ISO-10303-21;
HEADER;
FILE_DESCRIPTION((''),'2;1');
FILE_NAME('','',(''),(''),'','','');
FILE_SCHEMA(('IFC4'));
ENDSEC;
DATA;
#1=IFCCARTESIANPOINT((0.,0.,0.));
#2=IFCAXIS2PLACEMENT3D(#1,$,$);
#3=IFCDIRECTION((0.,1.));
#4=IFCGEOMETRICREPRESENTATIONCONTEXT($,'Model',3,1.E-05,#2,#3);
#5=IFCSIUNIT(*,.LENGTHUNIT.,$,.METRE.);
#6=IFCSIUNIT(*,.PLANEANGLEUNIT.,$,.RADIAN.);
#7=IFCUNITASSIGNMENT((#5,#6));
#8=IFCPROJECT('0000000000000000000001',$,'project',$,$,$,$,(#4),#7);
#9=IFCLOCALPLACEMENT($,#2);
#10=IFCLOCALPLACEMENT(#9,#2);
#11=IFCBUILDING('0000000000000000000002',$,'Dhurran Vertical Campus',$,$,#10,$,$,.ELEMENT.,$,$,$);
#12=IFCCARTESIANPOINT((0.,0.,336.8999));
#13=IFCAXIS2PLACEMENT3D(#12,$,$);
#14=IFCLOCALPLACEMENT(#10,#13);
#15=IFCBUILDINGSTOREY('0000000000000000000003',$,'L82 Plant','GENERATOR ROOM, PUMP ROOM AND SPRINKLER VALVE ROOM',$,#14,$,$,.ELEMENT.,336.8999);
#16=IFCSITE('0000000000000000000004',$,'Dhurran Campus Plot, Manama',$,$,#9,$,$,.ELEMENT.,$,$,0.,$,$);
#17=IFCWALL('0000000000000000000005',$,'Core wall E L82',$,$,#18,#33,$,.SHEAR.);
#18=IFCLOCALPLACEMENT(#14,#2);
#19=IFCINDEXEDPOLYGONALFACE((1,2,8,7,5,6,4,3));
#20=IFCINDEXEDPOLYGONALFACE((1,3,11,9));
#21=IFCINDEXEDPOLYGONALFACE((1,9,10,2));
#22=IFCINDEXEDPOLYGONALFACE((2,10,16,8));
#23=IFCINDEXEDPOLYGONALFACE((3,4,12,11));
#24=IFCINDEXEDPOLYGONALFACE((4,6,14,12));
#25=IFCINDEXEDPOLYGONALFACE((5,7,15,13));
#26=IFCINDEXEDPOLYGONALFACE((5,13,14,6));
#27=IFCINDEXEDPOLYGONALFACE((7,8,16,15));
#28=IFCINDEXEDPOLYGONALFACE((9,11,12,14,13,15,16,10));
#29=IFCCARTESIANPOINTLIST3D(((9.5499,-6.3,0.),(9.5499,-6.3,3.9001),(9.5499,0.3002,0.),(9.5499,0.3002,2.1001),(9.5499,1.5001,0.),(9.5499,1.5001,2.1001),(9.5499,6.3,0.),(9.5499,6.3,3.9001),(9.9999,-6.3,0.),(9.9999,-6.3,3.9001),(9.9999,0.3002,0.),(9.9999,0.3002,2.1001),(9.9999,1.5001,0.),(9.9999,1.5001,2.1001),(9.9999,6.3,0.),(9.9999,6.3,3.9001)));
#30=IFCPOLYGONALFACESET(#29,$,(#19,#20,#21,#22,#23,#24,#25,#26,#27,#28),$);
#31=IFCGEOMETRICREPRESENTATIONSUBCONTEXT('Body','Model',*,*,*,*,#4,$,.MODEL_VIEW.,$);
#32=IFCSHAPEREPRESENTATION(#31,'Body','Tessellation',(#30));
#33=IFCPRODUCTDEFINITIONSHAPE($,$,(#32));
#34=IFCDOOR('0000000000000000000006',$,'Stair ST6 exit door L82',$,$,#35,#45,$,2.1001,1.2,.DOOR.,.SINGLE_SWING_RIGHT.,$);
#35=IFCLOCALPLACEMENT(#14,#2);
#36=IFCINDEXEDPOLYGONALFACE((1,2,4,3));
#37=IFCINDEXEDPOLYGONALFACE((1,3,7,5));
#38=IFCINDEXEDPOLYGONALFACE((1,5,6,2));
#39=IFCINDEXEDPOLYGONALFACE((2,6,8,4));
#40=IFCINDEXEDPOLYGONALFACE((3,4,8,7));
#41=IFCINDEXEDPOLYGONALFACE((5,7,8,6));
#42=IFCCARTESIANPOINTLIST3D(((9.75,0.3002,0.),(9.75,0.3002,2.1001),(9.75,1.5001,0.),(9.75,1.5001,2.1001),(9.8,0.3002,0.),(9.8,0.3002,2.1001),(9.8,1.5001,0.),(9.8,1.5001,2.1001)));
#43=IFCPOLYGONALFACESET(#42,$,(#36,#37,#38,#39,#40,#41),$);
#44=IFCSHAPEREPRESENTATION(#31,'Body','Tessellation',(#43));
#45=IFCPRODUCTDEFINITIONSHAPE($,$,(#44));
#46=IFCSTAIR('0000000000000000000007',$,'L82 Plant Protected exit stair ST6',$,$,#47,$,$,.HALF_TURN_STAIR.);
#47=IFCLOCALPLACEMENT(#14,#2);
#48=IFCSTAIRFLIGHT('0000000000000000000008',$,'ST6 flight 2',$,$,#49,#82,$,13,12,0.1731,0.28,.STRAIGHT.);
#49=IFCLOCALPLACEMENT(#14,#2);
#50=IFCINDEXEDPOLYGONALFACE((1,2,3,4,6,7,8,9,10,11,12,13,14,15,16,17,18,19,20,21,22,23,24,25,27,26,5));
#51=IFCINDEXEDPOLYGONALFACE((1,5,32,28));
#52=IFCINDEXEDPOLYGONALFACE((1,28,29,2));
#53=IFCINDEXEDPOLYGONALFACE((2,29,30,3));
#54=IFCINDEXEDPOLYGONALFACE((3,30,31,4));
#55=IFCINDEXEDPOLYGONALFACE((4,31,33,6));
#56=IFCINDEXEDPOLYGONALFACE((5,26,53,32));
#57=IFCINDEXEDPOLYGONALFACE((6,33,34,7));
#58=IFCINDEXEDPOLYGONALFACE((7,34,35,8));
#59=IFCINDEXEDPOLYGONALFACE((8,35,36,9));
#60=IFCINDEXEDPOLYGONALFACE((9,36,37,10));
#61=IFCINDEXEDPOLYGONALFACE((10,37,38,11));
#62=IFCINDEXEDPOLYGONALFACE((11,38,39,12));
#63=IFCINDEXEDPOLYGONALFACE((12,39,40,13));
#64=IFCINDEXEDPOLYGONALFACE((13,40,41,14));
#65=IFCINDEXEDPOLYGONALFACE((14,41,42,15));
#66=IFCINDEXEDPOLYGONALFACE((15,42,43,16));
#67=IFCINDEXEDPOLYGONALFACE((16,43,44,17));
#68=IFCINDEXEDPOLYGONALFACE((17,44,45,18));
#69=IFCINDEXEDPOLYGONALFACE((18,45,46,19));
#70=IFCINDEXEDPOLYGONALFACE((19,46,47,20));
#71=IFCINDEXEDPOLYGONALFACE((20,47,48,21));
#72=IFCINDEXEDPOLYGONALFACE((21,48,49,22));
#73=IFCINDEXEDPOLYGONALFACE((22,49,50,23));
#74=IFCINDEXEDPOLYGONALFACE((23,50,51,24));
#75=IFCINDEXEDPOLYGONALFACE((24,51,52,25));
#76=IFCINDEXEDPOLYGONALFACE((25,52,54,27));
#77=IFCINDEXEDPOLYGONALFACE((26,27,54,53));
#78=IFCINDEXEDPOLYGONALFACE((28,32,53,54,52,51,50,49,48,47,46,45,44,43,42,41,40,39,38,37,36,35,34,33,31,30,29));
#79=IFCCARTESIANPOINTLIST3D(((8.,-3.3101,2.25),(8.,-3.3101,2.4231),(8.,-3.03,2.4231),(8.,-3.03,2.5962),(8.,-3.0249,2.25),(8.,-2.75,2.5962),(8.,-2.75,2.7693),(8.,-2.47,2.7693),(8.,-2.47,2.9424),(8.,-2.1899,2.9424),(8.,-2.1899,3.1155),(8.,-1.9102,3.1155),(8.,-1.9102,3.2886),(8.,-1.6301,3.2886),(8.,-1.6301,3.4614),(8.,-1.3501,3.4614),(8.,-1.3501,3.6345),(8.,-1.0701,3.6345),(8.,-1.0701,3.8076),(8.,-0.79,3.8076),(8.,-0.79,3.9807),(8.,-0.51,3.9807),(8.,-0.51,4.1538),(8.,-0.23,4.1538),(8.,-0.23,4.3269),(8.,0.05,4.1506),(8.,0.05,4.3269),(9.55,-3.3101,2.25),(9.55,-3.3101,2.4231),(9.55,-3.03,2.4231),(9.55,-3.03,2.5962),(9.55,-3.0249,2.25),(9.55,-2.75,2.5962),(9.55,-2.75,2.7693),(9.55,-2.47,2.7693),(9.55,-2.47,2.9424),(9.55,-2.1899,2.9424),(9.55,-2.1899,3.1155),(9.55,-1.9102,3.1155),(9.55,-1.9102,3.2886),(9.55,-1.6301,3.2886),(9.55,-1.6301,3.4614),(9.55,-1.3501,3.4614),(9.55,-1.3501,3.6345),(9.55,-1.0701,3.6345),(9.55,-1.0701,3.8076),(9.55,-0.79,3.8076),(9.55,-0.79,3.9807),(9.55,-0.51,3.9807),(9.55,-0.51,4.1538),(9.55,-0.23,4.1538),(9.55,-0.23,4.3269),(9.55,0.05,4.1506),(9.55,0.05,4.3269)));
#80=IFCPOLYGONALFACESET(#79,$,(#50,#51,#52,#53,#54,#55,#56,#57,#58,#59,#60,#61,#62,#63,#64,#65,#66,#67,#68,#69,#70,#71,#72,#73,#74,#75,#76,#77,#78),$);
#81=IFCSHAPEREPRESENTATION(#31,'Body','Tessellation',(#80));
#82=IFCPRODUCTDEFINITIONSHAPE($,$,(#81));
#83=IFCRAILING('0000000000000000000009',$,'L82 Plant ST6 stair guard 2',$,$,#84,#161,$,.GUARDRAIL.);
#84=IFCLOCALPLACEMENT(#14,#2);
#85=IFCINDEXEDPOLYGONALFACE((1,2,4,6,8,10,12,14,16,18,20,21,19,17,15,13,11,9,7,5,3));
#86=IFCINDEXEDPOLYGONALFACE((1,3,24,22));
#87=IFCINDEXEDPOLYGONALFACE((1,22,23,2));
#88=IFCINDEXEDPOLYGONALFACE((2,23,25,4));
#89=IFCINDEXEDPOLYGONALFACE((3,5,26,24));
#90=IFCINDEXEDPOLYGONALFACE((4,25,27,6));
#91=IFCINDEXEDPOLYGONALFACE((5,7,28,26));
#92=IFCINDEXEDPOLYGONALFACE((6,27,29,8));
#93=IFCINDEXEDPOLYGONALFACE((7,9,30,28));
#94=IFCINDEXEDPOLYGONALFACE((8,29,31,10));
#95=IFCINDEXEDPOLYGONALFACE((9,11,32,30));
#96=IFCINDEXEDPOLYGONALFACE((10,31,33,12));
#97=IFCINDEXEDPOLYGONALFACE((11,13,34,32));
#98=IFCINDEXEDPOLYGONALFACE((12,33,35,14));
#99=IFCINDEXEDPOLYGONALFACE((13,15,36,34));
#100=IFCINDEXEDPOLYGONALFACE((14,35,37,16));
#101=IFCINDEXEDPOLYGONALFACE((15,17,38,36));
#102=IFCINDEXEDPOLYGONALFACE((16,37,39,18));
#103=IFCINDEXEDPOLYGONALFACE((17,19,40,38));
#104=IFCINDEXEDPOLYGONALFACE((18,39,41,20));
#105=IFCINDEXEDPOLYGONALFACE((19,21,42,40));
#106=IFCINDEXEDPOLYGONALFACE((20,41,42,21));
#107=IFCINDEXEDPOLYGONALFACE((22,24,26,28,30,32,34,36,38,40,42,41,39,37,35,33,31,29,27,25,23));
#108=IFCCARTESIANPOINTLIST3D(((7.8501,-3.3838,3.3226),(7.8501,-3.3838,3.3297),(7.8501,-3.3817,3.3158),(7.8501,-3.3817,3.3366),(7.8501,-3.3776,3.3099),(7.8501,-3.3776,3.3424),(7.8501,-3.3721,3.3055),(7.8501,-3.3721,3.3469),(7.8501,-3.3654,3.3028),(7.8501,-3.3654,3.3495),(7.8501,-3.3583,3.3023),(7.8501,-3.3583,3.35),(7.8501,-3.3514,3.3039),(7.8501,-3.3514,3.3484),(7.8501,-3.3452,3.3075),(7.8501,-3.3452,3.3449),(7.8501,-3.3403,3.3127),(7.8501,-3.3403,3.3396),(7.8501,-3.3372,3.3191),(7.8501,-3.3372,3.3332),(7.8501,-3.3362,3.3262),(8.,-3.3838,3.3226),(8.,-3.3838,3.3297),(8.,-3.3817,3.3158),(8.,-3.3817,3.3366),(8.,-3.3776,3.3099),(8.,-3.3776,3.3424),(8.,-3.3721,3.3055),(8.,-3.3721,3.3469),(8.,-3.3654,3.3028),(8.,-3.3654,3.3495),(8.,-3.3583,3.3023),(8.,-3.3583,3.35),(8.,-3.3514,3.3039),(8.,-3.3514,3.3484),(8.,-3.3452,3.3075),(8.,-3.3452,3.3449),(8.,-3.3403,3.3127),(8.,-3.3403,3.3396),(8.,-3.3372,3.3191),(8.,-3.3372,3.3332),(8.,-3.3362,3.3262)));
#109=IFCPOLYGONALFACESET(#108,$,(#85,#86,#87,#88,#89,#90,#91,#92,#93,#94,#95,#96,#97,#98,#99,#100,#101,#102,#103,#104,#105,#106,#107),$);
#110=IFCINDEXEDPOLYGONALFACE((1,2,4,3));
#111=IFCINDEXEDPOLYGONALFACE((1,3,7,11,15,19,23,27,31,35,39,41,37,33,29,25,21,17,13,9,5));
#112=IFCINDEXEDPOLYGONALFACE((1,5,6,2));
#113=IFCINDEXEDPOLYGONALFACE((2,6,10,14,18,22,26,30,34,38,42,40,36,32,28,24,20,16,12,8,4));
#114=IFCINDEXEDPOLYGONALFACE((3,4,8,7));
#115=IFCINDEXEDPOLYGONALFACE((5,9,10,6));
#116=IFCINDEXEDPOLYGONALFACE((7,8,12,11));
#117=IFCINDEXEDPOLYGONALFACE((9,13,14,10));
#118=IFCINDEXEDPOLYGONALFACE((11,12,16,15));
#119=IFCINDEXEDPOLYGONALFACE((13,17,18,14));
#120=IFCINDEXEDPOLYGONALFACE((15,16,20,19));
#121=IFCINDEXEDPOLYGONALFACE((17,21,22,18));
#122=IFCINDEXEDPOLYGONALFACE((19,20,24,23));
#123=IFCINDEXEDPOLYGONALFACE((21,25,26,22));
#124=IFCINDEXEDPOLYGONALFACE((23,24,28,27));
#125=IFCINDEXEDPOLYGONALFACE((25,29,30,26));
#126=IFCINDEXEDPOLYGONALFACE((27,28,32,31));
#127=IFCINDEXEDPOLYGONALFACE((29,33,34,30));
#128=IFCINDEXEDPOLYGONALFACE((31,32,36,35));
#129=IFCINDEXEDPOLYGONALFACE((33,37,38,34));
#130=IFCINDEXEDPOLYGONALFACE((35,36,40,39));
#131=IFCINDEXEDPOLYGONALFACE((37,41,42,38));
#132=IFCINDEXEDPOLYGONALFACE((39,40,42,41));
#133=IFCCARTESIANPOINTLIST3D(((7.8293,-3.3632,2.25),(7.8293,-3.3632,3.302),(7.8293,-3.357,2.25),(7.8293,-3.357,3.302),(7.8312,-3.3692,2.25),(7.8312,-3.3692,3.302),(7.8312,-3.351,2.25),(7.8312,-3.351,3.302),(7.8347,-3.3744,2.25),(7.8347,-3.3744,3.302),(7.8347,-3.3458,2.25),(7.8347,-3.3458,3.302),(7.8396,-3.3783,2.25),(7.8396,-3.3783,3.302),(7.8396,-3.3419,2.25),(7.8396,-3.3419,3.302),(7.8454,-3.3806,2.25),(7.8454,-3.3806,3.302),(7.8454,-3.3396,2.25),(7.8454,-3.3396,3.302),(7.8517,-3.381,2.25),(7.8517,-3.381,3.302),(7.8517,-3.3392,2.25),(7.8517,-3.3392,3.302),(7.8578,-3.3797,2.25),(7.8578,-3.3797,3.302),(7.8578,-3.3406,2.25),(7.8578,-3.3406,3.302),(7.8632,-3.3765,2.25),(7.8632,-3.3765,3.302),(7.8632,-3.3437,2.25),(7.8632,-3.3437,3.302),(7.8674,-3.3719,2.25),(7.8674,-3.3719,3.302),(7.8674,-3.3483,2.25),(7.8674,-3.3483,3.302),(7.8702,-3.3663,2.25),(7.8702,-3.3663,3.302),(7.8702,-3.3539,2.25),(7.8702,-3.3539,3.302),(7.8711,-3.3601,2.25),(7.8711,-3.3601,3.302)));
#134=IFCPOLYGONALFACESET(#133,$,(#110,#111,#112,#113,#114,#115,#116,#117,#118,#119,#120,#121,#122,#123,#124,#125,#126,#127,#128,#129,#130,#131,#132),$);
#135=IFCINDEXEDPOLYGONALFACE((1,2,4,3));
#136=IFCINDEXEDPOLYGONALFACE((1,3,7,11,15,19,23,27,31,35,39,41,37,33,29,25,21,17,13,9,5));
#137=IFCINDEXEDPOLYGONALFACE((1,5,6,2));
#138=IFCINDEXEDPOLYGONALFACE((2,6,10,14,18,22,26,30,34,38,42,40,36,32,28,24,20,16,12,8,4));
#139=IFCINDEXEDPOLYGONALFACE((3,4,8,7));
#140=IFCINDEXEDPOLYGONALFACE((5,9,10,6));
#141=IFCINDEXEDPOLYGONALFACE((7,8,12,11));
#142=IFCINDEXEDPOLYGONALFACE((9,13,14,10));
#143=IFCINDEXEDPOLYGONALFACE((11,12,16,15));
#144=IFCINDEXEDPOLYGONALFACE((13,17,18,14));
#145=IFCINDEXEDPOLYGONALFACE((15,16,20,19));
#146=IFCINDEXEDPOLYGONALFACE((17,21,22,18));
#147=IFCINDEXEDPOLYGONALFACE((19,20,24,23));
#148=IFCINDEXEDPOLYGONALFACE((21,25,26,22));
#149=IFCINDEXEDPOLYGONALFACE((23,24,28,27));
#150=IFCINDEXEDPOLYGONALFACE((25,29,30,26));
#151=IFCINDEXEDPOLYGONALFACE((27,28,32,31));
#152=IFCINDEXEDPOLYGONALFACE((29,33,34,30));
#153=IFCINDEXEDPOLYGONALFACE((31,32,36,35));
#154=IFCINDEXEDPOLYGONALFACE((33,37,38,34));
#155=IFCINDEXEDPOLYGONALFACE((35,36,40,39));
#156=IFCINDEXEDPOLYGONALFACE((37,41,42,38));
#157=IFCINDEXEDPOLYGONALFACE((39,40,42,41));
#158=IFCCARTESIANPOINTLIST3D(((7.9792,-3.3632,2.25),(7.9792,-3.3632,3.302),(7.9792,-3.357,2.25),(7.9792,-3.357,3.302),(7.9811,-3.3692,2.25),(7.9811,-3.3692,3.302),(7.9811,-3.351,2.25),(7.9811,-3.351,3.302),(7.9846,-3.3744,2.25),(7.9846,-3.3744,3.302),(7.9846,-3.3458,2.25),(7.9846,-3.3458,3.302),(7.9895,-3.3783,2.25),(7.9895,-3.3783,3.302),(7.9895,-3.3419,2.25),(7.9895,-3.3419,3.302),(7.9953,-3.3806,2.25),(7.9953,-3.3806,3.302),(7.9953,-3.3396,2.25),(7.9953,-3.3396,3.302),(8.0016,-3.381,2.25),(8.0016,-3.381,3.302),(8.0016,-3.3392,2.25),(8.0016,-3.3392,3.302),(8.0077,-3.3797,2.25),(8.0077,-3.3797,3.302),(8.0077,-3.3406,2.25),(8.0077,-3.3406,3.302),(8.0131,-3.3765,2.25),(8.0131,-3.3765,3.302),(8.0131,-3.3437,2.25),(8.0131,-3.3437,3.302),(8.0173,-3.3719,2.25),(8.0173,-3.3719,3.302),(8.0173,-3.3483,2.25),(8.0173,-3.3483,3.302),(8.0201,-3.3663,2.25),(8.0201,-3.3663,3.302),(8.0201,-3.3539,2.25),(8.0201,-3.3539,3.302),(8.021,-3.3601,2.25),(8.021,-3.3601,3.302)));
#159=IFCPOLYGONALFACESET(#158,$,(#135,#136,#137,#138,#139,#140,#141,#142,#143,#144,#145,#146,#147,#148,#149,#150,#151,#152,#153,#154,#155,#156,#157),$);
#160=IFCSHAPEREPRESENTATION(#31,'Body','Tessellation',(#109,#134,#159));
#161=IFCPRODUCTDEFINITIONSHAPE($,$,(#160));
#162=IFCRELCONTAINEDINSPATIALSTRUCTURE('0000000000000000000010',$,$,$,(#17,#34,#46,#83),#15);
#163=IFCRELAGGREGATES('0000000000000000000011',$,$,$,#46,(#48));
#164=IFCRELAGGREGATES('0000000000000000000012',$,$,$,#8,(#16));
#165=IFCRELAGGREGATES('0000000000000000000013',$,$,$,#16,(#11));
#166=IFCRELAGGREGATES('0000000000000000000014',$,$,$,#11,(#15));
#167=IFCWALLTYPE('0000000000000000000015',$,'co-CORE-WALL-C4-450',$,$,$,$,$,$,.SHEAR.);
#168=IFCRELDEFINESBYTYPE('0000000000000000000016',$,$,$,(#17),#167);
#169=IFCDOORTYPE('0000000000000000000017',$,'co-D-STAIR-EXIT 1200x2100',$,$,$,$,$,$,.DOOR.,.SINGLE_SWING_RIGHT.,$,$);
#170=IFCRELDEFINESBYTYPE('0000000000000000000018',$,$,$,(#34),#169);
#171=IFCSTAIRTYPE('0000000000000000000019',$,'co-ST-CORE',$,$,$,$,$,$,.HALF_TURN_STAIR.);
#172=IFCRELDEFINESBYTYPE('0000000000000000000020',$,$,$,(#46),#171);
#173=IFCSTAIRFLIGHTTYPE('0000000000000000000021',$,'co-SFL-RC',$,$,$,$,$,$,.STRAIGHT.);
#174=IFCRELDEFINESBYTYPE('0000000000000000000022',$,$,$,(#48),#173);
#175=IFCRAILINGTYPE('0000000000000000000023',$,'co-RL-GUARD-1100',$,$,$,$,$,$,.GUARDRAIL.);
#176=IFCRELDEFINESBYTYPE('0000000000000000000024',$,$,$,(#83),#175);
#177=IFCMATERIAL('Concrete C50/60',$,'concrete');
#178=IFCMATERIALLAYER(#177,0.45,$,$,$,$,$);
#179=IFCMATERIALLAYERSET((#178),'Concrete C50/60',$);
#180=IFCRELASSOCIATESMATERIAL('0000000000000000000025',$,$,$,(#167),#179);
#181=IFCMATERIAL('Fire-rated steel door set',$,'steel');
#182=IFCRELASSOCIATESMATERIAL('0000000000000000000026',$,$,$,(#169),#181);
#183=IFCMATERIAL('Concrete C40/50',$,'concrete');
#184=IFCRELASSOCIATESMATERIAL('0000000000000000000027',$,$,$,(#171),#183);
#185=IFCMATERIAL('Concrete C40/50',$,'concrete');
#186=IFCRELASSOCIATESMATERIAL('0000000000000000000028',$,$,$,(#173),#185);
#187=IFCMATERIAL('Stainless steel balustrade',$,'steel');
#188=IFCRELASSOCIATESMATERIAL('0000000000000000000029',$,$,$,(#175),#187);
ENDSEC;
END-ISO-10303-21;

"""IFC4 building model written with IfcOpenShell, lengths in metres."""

from ifc_helpers import new_model, si_unit, direction, frame, frame_2d, origin, origin_2d, place, context, subcontext, project, spatial, polyline, rectangle, circle, outline, extrude, material, layer, layer_set, type_object, element, fill, aggregate, save


model = new_model("IFC4")

# Units and contexts
model_context = context("Model", 3, precision=1e-05, world=origin(), true_north=direction((0.0, 1.0)))
body_context = subcontext(model_context, "Body", "Model", "MODEL_VIEW")
ifc_project = project(units=[si_unit("LENGTHUNIT", "METRE"), si_unit("PLANEANGLEUNIT", "RADIAN")], contexts=[model_context])

# Site, building, storey
site_placement = place(None, origin())
site = spatial("IfcSite", under=ifc_project, at=site_placement, Name="Dhurran Campus Plot, Manama", CompositionType="ELEMENT", RefElevation=0.0)
building_placement = place(site_placement, origin())
building = spatial("IfcBuilding", under=site, at=building_placement, Name="Dhurran Vertical Campus", CompositionType="ELEMENT")
storey_placement = place(building_placement, frame((0.0, 0.0, 336.8999)))
storey = spatial("IfcBuildingStorey", under=building, at=storey_placement, Name="L82 Plant", Description="GENERATOR ROOM, PUMP ROOM AND SPRINKLER VALVE ROOM", CompositionType="ELEMENT", Elevation=336.8999)

# Wall, opening, door
ifc_material_1 = material(Name="Concrete C50/60", Category="concrete")
ifc_layer_1 = layer(ifc_material_1, 0.45)
ifc_layer_set_1 = layer_set([ifc_layer_1], Name="Concrete C50/60")
wall_type_1 = type_object("IfcWallType", Name="co-CORE-WALL-C4-450", PredefinedType="SHEAR", material=ifc_layer_set_1)
wall_1_placement = place(storey_placement, frame((9.7749, -6.3, 0.0), z_axis=(0.0, 0.0, 1.0), x_axis=(0.0, 1.0, 0.0)))
wall_1 = element("IfcWall", 1, at=wall_1_placement, inside=storey, type_object=wall_type_1, Name="Core wall E L82", PredefinedType="SHEAR", context=body_context, shape_type="SweptSolid", body=[
    extrude(rectangle(XDim=12.6001, YDim=0.45, at=frame_2d((6.3, 0.0))), origin(), (0.0, 0.0, 1.0), 3.9001),
])
opening_1_placement = place(wall_1_placement, frame((6.6001, 0.0, 0.0)))
opening_1 = element("IfcOpeningElement", 2, at=opening_1_placement, cuts=wall_1, PredefinedType="OPENING", context=body_context, shape_type="SweptSolid", body=[
    extrude(rectangle(XDim=1.2, YDim=2.1001, at=frame_2d((0.6001, 1.05))), frame((0.0, 0.2349, 0.0), z_axis=(0.0, -1.0, 0.0), x_axis=(1.0, 0.0, 0.0)), (0.0, 0.0, 1.0), 0.47),
])
ifc_material_2 = material(Name="Fire-rated steel door set", Category="steel")
door_type = type_object("IfcDoorType", Name="co-D-STAIR-EXIT 1200x2100", OperationType="SINGLE_SWING_RIGHT", PredefinedType="DOOR", material=ifc_material_2)
door_placement = place(opening_1_placement, origin())
door = element("IfcDoor", 3, at=door_placement, inside=storey, type_object=door_type, Name="Stair ST6 exit door L82", OperationType="SINGLE_SWING_RIGHT", OverallHeight=2.1001, OverallWidth=1.2, PredefinedType="DOOR", context=body_context, shape_type="SweptSolid", body=[
    extrude(rectangle(XDim=1.2, YDim=2.1001, at=frame_2d((0.6001, 1.05))), frame((0.0, 0.0249, 0.0), z_axis=(0.0, -1.0, 0.0), x_axis=(1.0, 0.0, 0.0)), (0.0, 0.0, 1.0), 0.05),
])
fill(opening_1, door)

# Stair, stair flight
ifc_material_3 = material(Name="Concrete C40/50", Category="concrete")
stair_type = type_object("IfcStairType", Name="co-ST-CORE", PredefinedType="HALF_TURN_STAIR", material=ifc_material_3)
stair_placement = place(storey_placement, origin())
stair = element("IfcStair", 4, at=stair_placement, inside=storey, type_object=stair_type, Name="L82 Plant Protected exit stair ST6", PredefinedType="HALF_TURN_STAIR")
ifc_material_4 = material(Name="Concrete C40/50", Category="concrete")
stair_flight_type = type_object("IfcStairFlightType", Name="co-SFL-RC", PredefinedType="STRAIGHT", material=ifc_material_4)
stair_flight_placement = place(storey_placement, frame((8.7749, -3.3101, 2.25), z_axis=(0.0, 0.0, 1.0), x_axis=(0.0, 1.0, 0.0)))
stair_flight = element("IfcStairFlight", 5, at=stair_flight_placement, type_object=stair_flight_type, Name="ST6 flight 2", NumberOfRisers=13, NumberOfTreads=12, PredefinedType="STRAIGHT", RiserHeight=0.1731, TreadLength=0.28, context=body_context, shape_type="SweptSolid", body=[
    extrude(outline(polyline([(0.0, 0.0), (0.0, 0.1731), (0.28, 0.1731), (0.28, 0.3462), (0.5601, 0.3462), (0.5601, 0.5193), (0.8401, 0.5193), (0.8401, 0.6924), (1.1201, 0.6924), (1.1201, 0.8655), (1.3999, 0.8655), (1.3999, 1.0386), (1.6799, 1.0386), (1.6799, 1.2114), (1.96, 1.2114), (1.96, 1.3845), (2.24, 1.3845), (2.24, 1.5576), (2.52, 1.5576), (2.52, 1.7307), (2.8, 1.7307), (2.8, 1.9038), (3.0801, 1.9038), (3.0801, 2.0769), (3.3601, 2.0769), (3.3601, 2.25), (3.3601, 1.9006), (0.2852, 0.0), (0.0, 0.0)])), frame((0.0, 0.7749, 0.0), z_axis=(0.0, -1.0, 0.0), x_axis=(1.0, 0.0, 0.0)), (0.0, 0.0, 1.0), 1.55),
])
aggregate(stair, [stair_flight])

# Railing
ifc_material_5 = material(Name="Stainless steel balustrade", Category="steel")
railing_type_1 = type_object("IfcRailingType", Name="co-RL-GUARD-1100", PredefinedType="GUARDRAIL", material=ifc_material_5)
railing_1_placement = place(storey_placement, frame((7.8501, -3.3601, 2.25)))
element("IfcRailing", 6, at=railing_1_placement, inside=storey, type_object=railing_type_1, Name="L82 Plant ST6 stair guard 2", PredefinedType="GUARDRAIL", context=body_context, shape_type="SweptSolid", body=[
    extrude(circle(Radius=0.0239, at=origin_2d()), frame((0.0, 0.0, 1.0762), z_axis=(1.0, 0.0, 0.0), x_axis=(0.0, 1.0, 0.0)), (0.0, 0.0, 1.0), 0.1499),
    extrude(circle(Radius=0.021, at=origin_2d()), origin(), (0.0, 0.0, 1.0), 1.052),
    extrude(circle(Radius=0.021, at=origin_2d()), frame((0.1499, 0.0, 0.0)), (0.0, 0.0, 1.0), 1.052),
])

save(model, "model.ifc")
